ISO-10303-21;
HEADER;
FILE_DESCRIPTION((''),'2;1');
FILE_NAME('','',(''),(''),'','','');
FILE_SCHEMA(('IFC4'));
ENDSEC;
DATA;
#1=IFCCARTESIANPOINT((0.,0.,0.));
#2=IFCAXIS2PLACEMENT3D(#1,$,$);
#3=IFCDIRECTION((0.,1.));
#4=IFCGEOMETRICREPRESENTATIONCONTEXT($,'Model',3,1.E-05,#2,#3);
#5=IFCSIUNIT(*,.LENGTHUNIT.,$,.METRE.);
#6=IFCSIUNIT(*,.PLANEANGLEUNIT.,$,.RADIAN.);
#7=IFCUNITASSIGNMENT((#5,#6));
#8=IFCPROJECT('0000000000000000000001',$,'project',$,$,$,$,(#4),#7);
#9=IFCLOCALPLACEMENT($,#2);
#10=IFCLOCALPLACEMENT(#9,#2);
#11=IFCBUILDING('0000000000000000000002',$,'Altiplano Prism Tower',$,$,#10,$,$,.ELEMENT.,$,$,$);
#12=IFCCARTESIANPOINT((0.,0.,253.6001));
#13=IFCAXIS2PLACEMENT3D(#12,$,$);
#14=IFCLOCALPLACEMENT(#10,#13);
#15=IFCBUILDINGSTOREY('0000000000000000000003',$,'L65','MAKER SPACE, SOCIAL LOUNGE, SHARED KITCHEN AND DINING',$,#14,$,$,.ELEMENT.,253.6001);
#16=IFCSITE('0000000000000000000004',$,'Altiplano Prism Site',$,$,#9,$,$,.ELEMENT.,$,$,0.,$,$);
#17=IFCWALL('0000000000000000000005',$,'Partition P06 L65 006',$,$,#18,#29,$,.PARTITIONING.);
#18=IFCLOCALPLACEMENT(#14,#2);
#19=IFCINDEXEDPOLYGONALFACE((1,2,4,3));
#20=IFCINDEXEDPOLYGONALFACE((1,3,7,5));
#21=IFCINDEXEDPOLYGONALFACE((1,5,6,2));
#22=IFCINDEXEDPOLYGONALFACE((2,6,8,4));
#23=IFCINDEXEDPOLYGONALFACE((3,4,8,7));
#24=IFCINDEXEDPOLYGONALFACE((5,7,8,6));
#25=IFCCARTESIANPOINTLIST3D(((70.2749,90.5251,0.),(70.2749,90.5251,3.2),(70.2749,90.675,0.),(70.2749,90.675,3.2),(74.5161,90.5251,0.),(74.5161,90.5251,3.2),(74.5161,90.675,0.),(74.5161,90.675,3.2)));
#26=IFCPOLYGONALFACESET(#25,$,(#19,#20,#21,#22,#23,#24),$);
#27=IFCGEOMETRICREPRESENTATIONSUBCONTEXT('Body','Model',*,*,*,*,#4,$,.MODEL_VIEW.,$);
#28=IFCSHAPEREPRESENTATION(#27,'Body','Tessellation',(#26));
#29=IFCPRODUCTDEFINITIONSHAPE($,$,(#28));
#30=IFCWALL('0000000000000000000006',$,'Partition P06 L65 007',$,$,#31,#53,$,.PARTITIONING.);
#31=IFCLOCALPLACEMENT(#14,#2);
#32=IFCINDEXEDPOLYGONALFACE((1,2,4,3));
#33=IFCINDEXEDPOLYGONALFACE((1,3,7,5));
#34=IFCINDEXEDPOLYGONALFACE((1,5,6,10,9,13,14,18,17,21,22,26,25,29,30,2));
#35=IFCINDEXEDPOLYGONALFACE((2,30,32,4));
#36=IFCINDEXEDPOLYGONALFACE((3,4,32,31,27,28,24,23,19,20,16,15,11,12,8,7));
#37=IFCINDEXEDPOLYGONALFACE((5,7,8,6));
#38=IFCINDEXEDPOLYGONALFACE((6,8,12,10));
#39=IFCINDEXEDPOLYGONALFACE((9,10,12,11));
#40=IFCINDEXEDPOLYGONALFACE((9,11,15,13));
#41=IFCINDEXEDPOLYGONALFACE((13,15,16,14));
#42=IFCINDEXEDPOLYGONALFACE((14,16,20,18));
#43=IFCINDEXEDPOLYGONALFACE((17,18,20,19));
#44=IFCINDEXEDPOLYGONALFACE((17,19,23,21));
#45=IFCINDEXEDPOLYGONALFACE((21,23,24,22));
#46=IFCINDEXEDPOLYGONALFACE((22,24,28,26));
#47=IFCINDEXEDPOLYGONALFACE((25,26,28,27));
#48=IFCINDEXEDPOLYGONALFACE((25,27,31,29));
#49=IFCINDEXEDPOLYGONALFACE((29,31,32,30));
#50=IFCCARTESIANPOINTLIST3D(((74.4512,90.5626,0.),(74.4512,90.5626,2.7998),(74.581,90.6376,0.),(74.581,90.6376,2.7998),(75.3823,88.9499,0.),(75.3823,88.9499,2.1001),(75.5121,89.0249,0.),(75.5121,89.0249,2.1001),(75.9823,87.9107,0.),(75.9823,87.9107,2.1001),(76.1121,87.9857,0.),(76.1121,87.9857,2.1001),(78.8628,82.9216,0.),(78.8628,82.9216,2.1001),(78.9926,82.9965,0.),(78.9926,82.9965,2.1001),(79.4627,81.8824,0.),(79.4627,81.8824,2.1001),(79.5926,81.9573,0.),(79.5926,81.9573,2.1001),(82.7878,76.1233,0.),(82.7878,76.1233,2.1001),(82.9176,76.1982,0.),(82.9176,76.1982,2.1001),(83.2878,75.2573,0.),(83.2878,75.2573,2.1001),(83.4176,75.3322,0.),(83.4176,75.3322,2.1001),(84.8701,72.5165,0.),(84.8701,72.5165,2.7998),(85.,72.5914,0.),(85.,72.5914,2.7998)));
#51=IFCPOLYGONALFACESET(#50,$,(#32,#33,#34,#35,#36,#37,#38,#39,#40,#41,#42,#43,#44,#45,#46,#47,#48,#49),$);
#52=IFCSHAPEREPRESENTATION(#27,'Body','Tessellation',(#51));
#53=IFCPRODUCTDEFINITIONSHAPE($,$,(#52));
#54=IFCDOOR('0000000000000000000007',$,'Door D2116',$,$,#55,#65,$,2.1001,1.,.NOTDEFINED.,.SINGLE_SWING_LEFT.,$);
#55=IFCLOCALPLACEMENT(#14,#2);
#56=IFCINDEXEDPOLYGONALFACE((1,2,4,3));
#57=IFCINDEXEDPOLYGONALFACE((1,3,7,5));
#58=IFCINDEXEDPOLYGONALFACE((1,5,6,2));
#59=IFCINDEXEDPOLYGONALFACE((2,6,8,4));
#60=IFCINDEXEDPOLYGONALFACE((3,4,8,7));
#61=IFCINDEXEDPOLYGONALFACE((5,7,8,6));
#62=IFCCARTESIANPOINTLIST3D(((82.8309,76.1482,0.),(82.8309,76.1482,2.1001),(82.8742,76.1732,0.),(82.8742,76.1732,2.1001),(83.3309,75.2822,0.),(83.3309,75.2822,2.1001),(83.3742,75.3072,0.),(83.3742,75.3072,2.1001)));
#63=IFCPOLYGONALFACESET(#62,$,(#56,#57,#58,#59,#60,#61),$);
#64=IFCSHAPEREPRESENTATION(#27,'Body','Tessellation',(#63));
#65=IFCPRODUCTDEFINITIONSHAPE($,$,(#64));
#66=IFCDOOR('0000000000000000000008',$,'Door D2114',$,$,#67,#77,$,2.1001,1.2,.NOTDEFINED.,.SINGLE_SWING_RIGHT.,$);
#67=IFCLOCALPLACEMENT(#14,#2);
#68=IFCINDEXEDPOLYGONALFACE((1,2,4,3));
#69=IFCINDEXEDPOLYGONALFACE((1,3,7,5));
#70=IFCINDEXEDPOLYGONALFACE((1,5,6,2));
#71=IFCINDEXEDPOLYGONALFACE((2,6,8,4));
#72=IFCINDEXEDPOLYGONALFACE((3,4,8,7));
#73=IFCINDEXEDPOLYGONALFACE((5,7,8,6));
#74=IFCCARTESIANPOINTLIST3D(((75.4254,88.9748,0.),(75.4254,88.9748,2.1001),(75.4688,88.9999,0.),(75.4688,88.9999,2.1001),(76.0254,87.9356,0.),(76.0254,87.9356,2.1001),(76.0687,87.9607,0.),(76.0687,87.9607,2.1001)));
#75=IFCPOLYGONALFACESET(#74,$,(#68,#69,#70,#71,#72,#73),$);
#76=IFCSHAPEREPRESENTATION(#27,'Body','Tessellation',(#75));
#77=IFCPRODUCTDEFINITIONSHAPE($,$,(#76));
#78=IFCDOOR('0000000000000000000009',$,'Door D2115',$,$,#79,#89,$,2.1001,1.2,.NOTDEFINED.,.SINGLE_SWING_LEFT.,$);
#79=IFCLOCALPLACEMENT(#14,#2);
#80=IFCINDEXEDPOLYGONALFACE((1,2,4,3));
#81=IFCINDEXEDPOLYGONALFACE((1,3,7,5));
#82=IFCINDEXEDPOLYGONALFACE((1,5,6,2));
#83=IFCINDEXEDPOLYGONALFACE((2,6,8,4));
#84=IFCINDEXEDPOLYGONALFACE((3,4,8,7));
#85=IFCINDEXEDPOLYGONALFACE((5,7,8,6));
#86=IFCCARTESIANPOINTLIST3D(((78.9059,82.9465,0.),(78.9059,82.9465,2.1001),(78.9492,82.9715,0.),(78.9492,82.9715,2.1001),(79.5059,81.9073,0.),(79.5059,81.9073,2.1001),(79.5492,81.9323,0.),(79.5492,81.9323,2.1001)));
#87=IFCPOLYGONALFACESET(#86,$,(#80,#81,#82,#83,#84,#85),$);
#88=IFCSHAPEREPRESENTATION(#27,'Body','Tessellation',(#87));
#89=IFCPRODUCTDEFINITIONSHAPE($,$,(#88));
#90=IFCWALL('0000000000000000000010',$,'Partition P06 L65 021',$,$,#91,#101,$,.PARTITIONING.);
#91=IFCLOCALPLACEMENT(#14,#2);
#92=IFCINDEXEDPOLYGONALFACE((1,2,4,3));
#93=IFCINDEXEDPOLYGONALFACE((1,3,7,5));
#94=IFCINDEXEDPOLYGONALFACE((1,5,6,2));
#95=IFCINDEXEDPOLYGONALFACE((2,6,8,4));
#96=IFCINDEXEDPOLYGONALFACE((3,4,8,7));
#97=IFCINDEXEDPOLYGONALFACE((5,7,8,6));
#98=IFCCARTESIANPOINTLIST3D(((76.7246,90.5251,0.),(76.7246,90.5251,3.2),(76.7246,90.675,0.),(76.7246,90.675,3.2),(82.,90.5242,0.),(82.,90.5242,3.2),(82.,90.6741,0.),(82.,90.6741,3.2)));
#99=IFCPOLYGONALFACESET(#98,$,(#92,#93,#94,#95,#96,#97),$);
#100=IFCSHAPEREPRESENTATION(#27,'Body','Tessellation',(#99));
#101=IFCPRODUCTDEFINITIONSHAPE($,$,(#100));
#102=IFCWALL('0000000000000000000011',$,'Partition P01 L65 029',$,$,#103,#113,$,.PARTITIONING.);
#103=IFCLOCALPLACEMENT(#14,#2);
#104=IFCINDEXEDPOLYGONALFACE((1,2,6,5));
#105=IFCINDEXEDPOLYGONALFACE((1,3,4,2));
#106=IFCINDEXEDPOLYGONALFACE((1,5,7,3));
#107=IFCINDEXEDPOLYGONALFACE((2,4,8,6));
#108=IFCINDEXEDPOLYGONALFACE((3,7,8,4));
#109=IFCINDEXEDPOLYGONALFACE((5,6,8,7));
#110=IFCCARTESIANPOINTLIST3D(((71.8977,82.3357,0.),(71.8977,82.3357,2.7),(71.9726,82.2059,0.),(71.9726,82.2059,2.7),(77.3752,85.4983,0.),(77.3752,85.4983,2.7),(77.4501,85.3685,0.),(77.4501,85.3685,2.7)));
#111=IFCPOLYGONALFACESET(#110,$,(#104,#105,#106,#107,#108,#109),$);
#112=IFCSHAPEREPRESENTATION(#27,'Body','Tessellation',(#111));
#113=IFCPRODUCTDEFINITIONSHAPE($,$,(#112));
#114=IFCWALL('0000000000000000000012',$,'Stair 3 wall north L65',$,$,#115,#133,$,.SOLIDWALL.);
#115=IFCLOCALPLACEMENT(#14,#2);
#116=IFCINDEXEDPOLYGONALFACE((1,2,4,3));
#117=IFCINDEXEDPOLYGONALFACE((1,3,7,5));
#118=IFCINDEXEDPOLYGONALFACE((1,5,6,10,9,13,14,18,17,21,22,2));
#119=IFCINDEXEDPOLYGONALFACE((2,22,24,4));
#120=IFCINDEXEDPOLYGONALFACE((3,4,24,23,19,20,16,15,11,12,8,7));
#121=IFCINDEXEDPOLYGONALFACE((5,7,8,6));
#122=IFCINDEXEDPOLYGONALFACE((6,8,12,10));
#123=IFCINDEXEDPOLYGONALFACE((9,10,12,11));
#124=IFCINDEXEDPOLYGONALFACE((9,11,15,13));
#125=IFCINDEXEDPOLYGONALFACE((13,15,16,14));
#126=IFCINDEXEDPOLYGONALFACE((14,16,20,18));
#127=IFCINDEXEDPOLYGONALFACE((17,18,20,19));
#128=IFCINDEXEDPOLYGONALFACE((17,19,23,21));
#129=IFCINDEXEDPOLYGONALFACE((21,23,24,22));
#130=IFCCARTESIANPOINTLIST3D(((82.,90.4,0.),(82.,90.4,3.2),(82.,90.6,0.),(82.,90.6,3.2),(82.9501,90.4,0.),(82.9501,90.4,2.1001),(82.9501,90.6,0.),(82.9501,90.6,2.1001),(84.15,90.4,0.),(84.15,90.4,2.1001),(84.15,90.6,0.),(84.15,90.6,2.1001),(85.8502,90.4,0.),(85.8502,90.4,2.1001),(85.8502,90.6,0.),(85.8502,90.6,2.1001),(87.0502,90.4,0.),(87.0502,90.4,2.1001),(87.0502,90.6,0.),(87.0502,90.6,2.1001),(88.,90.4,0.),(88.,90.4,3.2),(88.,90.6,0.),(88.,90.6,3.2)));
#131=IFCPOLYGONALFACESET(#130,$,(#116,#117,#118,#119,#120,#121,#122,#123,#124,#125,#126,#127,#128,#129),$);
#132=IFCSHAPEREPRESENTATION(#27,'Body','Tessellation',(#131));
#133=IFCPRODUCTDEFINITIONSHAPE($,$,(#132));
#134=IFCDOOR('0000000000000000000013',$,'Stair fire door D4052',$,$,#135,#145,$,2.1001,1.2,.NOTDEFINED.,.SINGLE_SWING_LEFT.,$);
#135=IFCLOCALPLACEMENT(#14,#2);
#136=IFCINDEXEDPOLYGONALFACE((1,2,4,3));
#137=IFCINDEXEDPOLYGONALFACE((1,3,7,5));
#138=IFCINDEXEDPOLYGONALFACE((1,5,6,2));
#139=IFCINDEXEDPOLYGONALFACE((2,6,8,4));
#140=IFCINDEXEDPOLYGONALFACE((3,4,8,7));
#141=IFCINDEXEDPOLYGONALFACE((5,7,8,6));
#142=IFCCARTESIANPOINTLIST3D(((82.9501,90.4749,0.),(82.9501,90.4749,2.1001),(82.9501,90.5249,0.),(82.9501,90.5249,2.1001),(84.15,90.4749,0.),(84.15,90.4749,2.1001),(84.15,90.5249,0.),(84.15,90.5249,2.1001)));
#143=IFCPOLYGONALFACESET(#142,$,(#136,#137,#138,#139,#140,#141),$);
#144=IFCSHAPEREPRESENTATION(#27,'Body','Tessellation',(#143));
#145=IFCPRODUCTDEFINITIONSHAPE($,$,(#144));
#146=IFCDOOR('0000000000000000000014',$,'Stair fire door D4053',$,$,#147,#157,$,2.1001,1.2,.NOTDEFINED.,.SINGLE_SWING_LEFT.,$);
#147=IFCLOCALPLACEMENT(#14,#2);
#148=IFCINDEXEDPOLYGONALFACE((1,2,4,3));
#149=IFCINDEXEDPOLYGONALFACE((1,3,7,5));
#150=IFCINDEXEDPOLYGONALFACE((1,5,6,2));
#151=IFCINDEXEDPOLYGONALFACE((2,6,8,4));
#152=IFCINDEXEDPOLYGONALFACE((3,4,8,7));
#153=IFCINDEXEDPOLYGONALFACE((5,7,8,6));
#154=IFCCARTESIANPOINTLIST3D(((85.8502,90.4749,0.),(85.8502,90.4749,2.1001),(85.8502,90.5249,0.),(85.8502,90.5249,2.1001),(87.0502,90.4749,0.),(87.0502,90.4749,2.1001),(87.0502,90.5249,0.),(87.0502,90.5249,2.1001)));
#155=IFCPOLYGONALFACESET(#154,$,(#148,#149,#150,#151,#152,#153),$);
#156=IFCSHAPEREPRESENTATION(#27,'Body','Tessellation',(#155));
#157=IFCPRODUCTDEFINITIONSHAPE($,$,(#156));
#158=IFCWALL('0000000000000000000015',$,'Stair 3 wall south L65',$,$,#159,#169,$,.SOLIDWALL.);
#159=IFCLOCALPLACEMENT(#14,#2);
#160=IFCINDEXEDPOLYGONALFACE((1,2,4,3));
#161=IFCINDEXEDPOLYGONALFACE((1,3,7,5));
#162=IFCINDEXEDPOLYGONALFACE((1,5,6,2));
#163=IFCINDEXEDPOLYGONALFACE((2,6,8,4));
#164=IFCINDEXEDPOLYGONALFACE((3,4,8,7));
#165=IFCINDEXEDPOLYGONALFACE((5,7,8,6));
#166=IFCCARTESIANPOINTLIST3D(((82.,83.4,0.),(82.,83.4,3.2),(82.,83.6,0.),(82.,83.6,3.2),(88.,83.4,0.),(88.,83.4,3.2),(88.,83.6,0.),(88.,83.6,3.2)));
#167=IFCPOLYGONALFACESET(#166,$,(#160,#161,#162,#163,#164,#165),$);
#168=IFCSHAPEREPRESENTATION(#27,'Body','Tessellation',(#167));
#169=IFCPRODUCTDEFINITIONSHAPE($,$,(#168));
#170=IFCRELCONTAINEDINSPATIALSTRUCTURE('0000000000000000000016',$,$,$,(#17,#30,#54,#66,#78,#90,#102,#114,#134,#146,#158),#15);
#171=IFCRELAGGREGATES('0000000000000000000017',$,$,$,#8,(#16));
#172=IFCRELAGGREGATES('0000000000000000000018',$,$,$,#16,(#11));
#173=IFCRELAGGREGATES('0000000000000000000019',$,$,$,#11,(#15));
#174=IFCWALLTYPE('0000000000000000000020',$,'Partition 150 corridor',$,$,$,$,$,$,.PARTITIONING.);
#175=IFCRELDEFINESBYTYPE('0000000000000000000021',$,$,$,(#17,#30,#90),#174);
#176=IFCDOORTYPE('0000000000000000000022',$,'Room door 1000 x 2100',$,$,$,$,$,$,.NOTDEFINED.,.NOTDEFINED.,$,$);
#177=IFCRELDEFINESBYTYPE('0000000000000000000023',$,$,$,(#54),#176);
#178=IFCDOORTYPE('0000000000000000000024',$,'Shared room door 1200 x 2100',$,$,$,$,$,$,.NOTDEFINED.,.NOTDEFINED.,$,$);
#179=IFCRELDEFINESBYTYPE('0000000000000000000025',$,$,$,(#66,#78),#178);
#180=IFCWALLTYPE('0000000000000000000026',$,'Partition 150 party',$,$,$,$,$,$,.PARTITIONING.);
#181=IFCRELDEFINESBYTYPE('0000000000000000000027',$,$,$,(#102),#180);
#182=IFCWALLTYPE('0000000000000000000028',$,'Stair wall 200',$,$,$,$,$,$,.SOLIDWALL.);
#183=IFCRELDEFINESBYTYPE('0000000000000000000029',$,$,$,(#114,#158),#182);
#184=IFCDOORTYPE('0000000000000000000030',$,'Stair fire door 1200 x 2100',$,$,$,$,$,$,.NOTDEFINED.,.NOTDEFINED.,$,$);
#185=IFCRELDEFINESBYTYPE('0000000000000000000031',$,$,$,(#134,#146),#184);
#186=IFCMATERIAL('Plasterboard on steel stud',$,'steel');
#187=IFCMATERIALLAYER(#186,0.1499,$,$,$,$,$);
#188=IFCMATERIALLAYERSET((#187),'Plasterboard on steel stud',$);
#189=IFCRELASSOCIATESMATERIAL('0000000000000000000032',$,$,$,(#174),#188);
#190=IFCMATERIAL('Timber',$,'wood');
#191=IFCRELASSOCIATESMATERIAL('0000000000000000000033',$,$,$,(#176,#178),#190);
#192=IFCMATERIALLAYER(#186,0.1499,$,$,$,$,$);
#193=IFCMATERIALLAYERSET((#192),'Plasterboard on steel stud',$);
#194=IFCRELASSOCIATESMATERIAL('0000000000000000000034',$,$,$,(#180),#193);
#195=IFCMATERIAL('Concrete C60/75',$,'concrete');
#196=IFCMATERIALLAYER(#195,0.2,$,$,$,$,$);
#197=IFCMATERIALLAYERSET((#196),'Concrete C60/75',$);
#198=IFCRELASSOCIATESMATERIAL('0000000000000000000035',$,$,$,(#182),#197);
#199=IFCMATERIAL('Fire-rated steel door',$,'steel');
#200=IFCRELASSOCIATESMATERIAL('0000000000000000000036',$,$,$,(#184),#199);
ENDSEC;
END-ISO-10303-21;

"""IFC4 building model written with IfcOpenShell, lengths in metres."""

from ifc_helpers import new_model, si_unit, direction, frame, frame_2d, origin, place, context, subcontext, project, spatial, rectangle, extrude, material, layer, layer_set, type_object, element, fill, save


model = new_model("IFC4")

# Units and contexts
model_context = context("Model", 3, precision=1e-05, world=origin(), true_north=direction((0.0, 1.0)))
body_context = subcontext(model_context, "Body", "Model", "MODEL_VIEW")
ifc_project = project(units=[si_unit("LENGTHUNIT", "METRE"), si_unit("PLANEANGLEUNIT", "RADIAN")], contexts=[model_context])

# Site, building, storey
site_placement = place(None, origin())
site = spatial("IfcSite", under=ifc_project, at=site_placement, Name="Altiplano Prism Site", CompositionType="ELEMENT", RefElevation=0.0)
building_placement = place(site_placement, origin())
building = spatial("IfcBuilding", under=site, at=building_placement, Name="Altiplano Prism Tower", CompositionType="ELEMENT")
storey_placement = place(building_placement, frame((0.0, 0.0, 253.6001)))
storey = spatial("IfcBuildingStorey", under=building, at=storey_placement, Name="L65", Description="MAKER SPACE, SOCIAL LOUNGE, SHARED KITCHEN AND DINING", CompositionType="ELEMENT", Elevation=253.6001)

# Shared definitions
ifc_material_1 = material(Name="Concrete C60/75", Category="concrete")

# Wall
ifc_material_2 = material(Name="Plasterboard on steel stud", Category="steel")
ifc_layer_1 = layer(ifc_material_2, 0.1499)
ifc_layer_set_1 = layer_set([ifc_layer_1], Name="Plasterboard on steel stud")
wall_type_1 = type_object("IfcWallType", Name="Partition 150 corridor", PredefinedType="PARTITIONING", material=ifc_layer_set_1)
wall_1_placement = place(storey_placement, frame((70.2749, 90.6001, 0.0), z_axis=(0.0, 0.0, 1.0), x_axis=(1.0, 0.0, 0.0)))
element("IfcWall", 1, at=wall_1_placement, inside=storey, type_object=wall_type_1, Name="Partition P06 L65 006", PredefinedType="PARTITIONING", context=body_context, shape_type="SweptSolid", body=[
    extrude(rectangle(XDim=4.2412, YDim=0.1499, at=frame_2d((2.1206, 0.0))), origin(), (0.0, 0.0, 1.0), 3.2),
])

# Wall, openings, doors
wall_2_placement = place(storey_placement, frame((74.5161, 90.6001, 0.0), z_axis=(0.0, 0.0, 1.0), x_axis=(0.5, -0.866025, 0.0)))
wall_2 = element("IfcWall", 2, at=wall_2_placement, inside=storey, type_object=wall_type_1, Name="Partition P06 L65 007", PredefinedType="PARTITIONING", context=body_context, shape_type="SweptSolid", body=[
    extrude(rectangle(XDim=20.8379, YDim=0.1499, at=frame_2d((10.4189, 0.0))), origin(), (0.0, 0.0, 1.0), 2.7998),
])
opening_1_placement = place(wall_2_placement, frame((1.8621, 0.0, 0.0)))
opening_1 = element("IfcOpeningElement", 3, at=opening_1_placement, cuts=wall_2, PredefinedType="OPENING", context=body_context, shape_type="SweptSolid", body=[
    extrude(rectangle(XDim=1.2, YDim=2.1001, at=frame_2d((0.6001, 1.05))), frame((0.0, 0.0854, 0.0), z_axis=(0.0, -1.0, 0.0), x_axis=(1.0, 0.0, 0.0)), (0.0, 0.0, 1.0), 0.1709),
])
opening_2_placement = place(wall_2_placement, frame((8.823, 0.0, 0.0)))
opening_2 = element("IfcOpeningElement", 4, at=opening_2_placement, cuts=wall_2, PredefinedType="OPENING", context=body_context, shape_type="SweptSolid", body=[
    extrude(rectangle(XDim=1.2, YDim=2.1001, at=frame_2d((0.6001, 1.05))), frame((0.0, 0.0854, 0.0), z_axis=(0.0, -1.0, 0.0), x_axis=(1.0, 0.0, 0.0)), (0.0, 0.0, 1.0), 0.1709),
])
opening_3_placement = place(wall_2_placement, frame((16.6731, 0.0, 0.0)))
opening_3 = element("IfcOpeningElement", 5, at=opening_3_placement, cuts=wall_2, PredefinedType="OPENING", context=body_context, shape_type="SweptSolid", body=[
    extrude(rectangle(XDim=1.0, YDim=2.1001, at=frame_2d((0.5, 1.05))), frame((0.0, 0.0854, 0.0), z_axis=(0.0, -1.0, 0.0), x_axis=(1.0, 0.0, 0.0)), (0.0, 0.0, 1.0), 0.1709),
])
ifc_material_3 = material(Name="Timber", Category="wood")
door_type_1 = type_object("IfcDoorType", Name="Room door 1000 x 2100", OperationType="NOTDEFINED", PredefinedType="NOTDEFINED", material=ifc_material_3)
door_1_placement = place(opening_3_placement, origin())
door_1 = element("IfcDoor", 6, at=door_1_placement, inside=storey, type_object=door_type_1, Name="Door D2116", OperationType="SINGLE_SWING_LEFT", OverallHeight=2.1001, OverallWidth=1.0, PredefinedType="NOTDEFINED", context=body_context, shape_type="SweptSolid", body=[
    extrude(rectangle(XDim=1.0, YDim=2.1001, at=frame_2d((0.5, 1.05))), frame((0.0, 0.0249, 0.0), z_axis=(0.0, -1.0, 0.0), x_axis=(1.0, 0.0, 0.0)), (0.0, 0.0, 1.0), 0.05),
])
fill(opening_3, door_1)
door_type_2 = type_object("IfcDoorType", Name="Shared room door 1200 x 2100", OperationType="NOTDEFINED", PredefinedType="NOTDEFINED", material=ifc_material_3)
door_2_placement = place(opening_1_placement, origin())
door_2 = element("IfcDoor", 7, at=door_2_placement, inside=storey, type_object=door_type_2, Name="Door D2114", OperationType="SINGLE_SWING_RIGHT", OverallHeight=2.1001, OverallWidth=1.2, PredefinedType="NOTDEFINED", context=body_context, shape_type="SweptSolid", body=[
    extrude(rectangle(XDim=1.2, YDim=2.1001, at=frame_2d((0.6001, 1.05))), frame((0.0, 0.0249, 0.0), z_axis=(0.0, -1.0, 0.0), x_axis=(1.0, 0.0, 0.0)), (0.0, 0.0, 1.0), 0.05),
])
fill(opening_1, door_2)
door_3_placement = place(opening_2_placement, origin())
door_3 = element("IfcDoor", 8, at=door_3_placement, inside=storey, type_object=door_type_2, Name="Door D2115", OperationType="SINGLE_SWING_LEFT", OverallHeight=2.1001, OverallWidth=1.2, PredefinedType="NOTDEFINED", context=body_context, shape_type="SweptSolid", body=[
    extrude(rectangle(XDim=1.2, YDim=2.1001, at=frame_2d((0.6001, 1.05))), frame((0.0, 0.0249, 0.0), z_axis=(0.0, -1.0, 0.0), x_axis=(1.0, 0.0, 0.0)), (0.0, 0.0, 1.0), 0.05),
])
fill(opening_2, door_3)

# Walls
wall_3_placement = place(storey_placement, frame((76.7246, 90.6001, 0.0), z_axis=(0.0, 0.0, 1.0), x_axis=(1.0, -0.000185, 0.0)))
element("IfcWall", 9, at=wall_3_placement, inside=storey, type_object=wall_type_1, Name="Partition P06 L65 021", PredefinedType="PARTITIONING", context=body_context, shape_type="SweptSolid", body=[
    extrude(rectangle(XDim=5.2754, YDim=0.1499, at=frame_2d((2.6377, 0.0))), origin(), (0.0, 0.0, 1.0), 3.2),
])
ifc_layer_2 = layer(ifc_material_2, 0.1499)
ifc_layer_set_2 = layer_set([ifc_layer_2], Name="Plasterboard on steel stud")
wall_type_2 = type_object("IfcWallType", Name="Partition 150 party", PredefinedType="PARTITIONING", material=ifc_layer_set_2)
wall_4_placement = place(storey_placement, frame((71.9351, 82.2708, 0.0), z_axis=(0.0, 0.0, 1.0), x_axis=(0.866016, 0.500016, 0.0)))
element("IfcWall", 10, at=wall_4_placement, inside=storey, type_object=wall_type_2, Name="Partition P01 L65 029", PredefinedType="PARTITIONING", context=body_context, shape_type="SweptSolid", body=[
    extrude(rectangle(XDim=6.325, YDim=0.1499, at=frame_2d((3.1626, 0.0))), origin(), (0.0, 0.0, 1.0), 2.7),
])

# Wall, openings, doors
ifc_layer_3 = layer(ifc_material_1, 0.2)
ifc_layer_set_3 = layer_set([ifc_layer_3], Name="Concrete C60/75")
wall_type_3 = type_object("IfcWallType", Name="Stair wall 200", PredefinedType="SOLIDWALL", material=ifc_layer_set_3)
wall_5_placement = place(storey_placement, frame((82.0, 90.5, 0.0), z_axis=(0.0, 0.0, 1.0), x_axis=(1.0, 0.0, 0.0)))
wall_5 = element("IfcWall", 11, at=wall_5_placement, inside=storey, type_object=wall_type_3, Name="Stair 3 wall north L65", PredefinedType="SOLIDWALL", context=body_context, shape_type="SweptSolid", body=[
    extrude(rectangle(XDim=6.0, YDim=0.2, at=frame_2d((3.0, 0.0))), origin(), (0.0, 0.0, 1.0), 3.2),
])
opening_4_placement = place(wall_5_placement, frame((0.95, 0.0, 0.0)))
opening_4 = element("IfcOpeningElement", 12, at=opening_4_placement, cuts=wall_5, PredefinedType="OPENING", context=body_context, shape_type="SweptSolid", body=[
    extrude(rectangle(XDim=1.2, YDim=2.1001, at=frame_2d((0.6001, 1.05))), frame((0.0, 0.1104, 0.0), z_axis=(0.0, -1.0, 0.0), x_axis=(1.0, 0.0, 0.0)), (0.0, 0.0, 1.0), 0.2209),
])
opening_5_placement = place(wall_5_placement, frame((3.8501, 0.0, 0.0)))
opening_5 = element("IfcOpeningElement", 13, at=opening_5_placement, cuts=wall_5, PredefinedType="OPENING", context=body_context, shape_type="SweptSolid", body=[
    extrude(rectangle(XDim=1.2, YDim=2.1001, at=frame_2d((0.6001, 1.05))), frame((0.0, 0.1104, 0.0), z_axis=(0.0, -1.0, 0.0), x_axis=(1.0, 0.0, 0.0)), (0.0, 0.0, 1.0), 0.2209),
])
ifc_material_4 = material(Name="Fire-rated steel door", Category="steel")
door_type_3 = type_object("IfcDoorType", Name="Stair fire door 1200 x 2100", OperationType="NOTDEFINED", PredefinedType="NOTDEFINED", material=ifc_material_4)
door_4_placement = place(opening_4_placement, origin())
door_4 = element("IfcDoor", 14, at=door_4_placement, inside=storey, type_object=door_type_3, Name="Stair fire door D4052", OperationType="SINGLE_SWING_LEFT", OverallHeight=2.1001, OverallWidth=1.2, PredefinedType="NOTDEFINED", context=body_context, shape_type="SweptSolid", body=[
    extrude(rectangle(XDim=1.2, YDim=2.1001, at=frame_2d((0.6001, 1.05))), frame((0.0, 0.0249, 0.0), z_axis=(0.0, -1.0, 0.0), x_axis=(1.0, 0.0, 0.0)), (0.0, 0.0, 1.0), 0.05),
])
fill(opening_4, door_4)
door_5_placement = place(opening_5_placement, origin())
door_5 = element("IfcDoor", 15, at=door_5_placement, inside=storey, type_object=door_type_3, Name="Stair fire door D4053", OperationType="SINGLE_SWING_LEFT", OverallHeight=2.1001, OverallWidth=1.2, PredefinedType="NOTDEFINED", context=body_context, shape_type="SweptSolid", body=[
    extrude(rectangle(XDim=1.2, YDim=2.1001, at=frame_2d((0.6001, 1.05))), frame((0.0, 0.0249, 0.0), z_axis=(0.0, -1.0, 0.0), x_axis=(1.0, 0.0, 0.0)), (0.0, 0.0, 1.0), 0.05),
])
fill(opening_5, door_5)

# Wall
wall_6_placement = place(storey_placement, frame((82.0, 83.5, 0.0), z_axis=(0.0, 0.0, 1.0), x_axis=(1.0, 0.0, 0.0)))
element("IfcWall", 16, at=wall_6_placement, inside=storey, type_object=wall_type_3, Name="Stair 3 wall south L65", PredefinedType="SOLIDWALL", context=body_context, shape_type="SweptSolid", body=[
    extrude(rectangle(XDim=6.0, YDim=0.2, at=frame_2d((3.0, 0.0))), origin(), (0.0, 0.0, 1.0), 3.2),
])

save(model, "model.ifc")
